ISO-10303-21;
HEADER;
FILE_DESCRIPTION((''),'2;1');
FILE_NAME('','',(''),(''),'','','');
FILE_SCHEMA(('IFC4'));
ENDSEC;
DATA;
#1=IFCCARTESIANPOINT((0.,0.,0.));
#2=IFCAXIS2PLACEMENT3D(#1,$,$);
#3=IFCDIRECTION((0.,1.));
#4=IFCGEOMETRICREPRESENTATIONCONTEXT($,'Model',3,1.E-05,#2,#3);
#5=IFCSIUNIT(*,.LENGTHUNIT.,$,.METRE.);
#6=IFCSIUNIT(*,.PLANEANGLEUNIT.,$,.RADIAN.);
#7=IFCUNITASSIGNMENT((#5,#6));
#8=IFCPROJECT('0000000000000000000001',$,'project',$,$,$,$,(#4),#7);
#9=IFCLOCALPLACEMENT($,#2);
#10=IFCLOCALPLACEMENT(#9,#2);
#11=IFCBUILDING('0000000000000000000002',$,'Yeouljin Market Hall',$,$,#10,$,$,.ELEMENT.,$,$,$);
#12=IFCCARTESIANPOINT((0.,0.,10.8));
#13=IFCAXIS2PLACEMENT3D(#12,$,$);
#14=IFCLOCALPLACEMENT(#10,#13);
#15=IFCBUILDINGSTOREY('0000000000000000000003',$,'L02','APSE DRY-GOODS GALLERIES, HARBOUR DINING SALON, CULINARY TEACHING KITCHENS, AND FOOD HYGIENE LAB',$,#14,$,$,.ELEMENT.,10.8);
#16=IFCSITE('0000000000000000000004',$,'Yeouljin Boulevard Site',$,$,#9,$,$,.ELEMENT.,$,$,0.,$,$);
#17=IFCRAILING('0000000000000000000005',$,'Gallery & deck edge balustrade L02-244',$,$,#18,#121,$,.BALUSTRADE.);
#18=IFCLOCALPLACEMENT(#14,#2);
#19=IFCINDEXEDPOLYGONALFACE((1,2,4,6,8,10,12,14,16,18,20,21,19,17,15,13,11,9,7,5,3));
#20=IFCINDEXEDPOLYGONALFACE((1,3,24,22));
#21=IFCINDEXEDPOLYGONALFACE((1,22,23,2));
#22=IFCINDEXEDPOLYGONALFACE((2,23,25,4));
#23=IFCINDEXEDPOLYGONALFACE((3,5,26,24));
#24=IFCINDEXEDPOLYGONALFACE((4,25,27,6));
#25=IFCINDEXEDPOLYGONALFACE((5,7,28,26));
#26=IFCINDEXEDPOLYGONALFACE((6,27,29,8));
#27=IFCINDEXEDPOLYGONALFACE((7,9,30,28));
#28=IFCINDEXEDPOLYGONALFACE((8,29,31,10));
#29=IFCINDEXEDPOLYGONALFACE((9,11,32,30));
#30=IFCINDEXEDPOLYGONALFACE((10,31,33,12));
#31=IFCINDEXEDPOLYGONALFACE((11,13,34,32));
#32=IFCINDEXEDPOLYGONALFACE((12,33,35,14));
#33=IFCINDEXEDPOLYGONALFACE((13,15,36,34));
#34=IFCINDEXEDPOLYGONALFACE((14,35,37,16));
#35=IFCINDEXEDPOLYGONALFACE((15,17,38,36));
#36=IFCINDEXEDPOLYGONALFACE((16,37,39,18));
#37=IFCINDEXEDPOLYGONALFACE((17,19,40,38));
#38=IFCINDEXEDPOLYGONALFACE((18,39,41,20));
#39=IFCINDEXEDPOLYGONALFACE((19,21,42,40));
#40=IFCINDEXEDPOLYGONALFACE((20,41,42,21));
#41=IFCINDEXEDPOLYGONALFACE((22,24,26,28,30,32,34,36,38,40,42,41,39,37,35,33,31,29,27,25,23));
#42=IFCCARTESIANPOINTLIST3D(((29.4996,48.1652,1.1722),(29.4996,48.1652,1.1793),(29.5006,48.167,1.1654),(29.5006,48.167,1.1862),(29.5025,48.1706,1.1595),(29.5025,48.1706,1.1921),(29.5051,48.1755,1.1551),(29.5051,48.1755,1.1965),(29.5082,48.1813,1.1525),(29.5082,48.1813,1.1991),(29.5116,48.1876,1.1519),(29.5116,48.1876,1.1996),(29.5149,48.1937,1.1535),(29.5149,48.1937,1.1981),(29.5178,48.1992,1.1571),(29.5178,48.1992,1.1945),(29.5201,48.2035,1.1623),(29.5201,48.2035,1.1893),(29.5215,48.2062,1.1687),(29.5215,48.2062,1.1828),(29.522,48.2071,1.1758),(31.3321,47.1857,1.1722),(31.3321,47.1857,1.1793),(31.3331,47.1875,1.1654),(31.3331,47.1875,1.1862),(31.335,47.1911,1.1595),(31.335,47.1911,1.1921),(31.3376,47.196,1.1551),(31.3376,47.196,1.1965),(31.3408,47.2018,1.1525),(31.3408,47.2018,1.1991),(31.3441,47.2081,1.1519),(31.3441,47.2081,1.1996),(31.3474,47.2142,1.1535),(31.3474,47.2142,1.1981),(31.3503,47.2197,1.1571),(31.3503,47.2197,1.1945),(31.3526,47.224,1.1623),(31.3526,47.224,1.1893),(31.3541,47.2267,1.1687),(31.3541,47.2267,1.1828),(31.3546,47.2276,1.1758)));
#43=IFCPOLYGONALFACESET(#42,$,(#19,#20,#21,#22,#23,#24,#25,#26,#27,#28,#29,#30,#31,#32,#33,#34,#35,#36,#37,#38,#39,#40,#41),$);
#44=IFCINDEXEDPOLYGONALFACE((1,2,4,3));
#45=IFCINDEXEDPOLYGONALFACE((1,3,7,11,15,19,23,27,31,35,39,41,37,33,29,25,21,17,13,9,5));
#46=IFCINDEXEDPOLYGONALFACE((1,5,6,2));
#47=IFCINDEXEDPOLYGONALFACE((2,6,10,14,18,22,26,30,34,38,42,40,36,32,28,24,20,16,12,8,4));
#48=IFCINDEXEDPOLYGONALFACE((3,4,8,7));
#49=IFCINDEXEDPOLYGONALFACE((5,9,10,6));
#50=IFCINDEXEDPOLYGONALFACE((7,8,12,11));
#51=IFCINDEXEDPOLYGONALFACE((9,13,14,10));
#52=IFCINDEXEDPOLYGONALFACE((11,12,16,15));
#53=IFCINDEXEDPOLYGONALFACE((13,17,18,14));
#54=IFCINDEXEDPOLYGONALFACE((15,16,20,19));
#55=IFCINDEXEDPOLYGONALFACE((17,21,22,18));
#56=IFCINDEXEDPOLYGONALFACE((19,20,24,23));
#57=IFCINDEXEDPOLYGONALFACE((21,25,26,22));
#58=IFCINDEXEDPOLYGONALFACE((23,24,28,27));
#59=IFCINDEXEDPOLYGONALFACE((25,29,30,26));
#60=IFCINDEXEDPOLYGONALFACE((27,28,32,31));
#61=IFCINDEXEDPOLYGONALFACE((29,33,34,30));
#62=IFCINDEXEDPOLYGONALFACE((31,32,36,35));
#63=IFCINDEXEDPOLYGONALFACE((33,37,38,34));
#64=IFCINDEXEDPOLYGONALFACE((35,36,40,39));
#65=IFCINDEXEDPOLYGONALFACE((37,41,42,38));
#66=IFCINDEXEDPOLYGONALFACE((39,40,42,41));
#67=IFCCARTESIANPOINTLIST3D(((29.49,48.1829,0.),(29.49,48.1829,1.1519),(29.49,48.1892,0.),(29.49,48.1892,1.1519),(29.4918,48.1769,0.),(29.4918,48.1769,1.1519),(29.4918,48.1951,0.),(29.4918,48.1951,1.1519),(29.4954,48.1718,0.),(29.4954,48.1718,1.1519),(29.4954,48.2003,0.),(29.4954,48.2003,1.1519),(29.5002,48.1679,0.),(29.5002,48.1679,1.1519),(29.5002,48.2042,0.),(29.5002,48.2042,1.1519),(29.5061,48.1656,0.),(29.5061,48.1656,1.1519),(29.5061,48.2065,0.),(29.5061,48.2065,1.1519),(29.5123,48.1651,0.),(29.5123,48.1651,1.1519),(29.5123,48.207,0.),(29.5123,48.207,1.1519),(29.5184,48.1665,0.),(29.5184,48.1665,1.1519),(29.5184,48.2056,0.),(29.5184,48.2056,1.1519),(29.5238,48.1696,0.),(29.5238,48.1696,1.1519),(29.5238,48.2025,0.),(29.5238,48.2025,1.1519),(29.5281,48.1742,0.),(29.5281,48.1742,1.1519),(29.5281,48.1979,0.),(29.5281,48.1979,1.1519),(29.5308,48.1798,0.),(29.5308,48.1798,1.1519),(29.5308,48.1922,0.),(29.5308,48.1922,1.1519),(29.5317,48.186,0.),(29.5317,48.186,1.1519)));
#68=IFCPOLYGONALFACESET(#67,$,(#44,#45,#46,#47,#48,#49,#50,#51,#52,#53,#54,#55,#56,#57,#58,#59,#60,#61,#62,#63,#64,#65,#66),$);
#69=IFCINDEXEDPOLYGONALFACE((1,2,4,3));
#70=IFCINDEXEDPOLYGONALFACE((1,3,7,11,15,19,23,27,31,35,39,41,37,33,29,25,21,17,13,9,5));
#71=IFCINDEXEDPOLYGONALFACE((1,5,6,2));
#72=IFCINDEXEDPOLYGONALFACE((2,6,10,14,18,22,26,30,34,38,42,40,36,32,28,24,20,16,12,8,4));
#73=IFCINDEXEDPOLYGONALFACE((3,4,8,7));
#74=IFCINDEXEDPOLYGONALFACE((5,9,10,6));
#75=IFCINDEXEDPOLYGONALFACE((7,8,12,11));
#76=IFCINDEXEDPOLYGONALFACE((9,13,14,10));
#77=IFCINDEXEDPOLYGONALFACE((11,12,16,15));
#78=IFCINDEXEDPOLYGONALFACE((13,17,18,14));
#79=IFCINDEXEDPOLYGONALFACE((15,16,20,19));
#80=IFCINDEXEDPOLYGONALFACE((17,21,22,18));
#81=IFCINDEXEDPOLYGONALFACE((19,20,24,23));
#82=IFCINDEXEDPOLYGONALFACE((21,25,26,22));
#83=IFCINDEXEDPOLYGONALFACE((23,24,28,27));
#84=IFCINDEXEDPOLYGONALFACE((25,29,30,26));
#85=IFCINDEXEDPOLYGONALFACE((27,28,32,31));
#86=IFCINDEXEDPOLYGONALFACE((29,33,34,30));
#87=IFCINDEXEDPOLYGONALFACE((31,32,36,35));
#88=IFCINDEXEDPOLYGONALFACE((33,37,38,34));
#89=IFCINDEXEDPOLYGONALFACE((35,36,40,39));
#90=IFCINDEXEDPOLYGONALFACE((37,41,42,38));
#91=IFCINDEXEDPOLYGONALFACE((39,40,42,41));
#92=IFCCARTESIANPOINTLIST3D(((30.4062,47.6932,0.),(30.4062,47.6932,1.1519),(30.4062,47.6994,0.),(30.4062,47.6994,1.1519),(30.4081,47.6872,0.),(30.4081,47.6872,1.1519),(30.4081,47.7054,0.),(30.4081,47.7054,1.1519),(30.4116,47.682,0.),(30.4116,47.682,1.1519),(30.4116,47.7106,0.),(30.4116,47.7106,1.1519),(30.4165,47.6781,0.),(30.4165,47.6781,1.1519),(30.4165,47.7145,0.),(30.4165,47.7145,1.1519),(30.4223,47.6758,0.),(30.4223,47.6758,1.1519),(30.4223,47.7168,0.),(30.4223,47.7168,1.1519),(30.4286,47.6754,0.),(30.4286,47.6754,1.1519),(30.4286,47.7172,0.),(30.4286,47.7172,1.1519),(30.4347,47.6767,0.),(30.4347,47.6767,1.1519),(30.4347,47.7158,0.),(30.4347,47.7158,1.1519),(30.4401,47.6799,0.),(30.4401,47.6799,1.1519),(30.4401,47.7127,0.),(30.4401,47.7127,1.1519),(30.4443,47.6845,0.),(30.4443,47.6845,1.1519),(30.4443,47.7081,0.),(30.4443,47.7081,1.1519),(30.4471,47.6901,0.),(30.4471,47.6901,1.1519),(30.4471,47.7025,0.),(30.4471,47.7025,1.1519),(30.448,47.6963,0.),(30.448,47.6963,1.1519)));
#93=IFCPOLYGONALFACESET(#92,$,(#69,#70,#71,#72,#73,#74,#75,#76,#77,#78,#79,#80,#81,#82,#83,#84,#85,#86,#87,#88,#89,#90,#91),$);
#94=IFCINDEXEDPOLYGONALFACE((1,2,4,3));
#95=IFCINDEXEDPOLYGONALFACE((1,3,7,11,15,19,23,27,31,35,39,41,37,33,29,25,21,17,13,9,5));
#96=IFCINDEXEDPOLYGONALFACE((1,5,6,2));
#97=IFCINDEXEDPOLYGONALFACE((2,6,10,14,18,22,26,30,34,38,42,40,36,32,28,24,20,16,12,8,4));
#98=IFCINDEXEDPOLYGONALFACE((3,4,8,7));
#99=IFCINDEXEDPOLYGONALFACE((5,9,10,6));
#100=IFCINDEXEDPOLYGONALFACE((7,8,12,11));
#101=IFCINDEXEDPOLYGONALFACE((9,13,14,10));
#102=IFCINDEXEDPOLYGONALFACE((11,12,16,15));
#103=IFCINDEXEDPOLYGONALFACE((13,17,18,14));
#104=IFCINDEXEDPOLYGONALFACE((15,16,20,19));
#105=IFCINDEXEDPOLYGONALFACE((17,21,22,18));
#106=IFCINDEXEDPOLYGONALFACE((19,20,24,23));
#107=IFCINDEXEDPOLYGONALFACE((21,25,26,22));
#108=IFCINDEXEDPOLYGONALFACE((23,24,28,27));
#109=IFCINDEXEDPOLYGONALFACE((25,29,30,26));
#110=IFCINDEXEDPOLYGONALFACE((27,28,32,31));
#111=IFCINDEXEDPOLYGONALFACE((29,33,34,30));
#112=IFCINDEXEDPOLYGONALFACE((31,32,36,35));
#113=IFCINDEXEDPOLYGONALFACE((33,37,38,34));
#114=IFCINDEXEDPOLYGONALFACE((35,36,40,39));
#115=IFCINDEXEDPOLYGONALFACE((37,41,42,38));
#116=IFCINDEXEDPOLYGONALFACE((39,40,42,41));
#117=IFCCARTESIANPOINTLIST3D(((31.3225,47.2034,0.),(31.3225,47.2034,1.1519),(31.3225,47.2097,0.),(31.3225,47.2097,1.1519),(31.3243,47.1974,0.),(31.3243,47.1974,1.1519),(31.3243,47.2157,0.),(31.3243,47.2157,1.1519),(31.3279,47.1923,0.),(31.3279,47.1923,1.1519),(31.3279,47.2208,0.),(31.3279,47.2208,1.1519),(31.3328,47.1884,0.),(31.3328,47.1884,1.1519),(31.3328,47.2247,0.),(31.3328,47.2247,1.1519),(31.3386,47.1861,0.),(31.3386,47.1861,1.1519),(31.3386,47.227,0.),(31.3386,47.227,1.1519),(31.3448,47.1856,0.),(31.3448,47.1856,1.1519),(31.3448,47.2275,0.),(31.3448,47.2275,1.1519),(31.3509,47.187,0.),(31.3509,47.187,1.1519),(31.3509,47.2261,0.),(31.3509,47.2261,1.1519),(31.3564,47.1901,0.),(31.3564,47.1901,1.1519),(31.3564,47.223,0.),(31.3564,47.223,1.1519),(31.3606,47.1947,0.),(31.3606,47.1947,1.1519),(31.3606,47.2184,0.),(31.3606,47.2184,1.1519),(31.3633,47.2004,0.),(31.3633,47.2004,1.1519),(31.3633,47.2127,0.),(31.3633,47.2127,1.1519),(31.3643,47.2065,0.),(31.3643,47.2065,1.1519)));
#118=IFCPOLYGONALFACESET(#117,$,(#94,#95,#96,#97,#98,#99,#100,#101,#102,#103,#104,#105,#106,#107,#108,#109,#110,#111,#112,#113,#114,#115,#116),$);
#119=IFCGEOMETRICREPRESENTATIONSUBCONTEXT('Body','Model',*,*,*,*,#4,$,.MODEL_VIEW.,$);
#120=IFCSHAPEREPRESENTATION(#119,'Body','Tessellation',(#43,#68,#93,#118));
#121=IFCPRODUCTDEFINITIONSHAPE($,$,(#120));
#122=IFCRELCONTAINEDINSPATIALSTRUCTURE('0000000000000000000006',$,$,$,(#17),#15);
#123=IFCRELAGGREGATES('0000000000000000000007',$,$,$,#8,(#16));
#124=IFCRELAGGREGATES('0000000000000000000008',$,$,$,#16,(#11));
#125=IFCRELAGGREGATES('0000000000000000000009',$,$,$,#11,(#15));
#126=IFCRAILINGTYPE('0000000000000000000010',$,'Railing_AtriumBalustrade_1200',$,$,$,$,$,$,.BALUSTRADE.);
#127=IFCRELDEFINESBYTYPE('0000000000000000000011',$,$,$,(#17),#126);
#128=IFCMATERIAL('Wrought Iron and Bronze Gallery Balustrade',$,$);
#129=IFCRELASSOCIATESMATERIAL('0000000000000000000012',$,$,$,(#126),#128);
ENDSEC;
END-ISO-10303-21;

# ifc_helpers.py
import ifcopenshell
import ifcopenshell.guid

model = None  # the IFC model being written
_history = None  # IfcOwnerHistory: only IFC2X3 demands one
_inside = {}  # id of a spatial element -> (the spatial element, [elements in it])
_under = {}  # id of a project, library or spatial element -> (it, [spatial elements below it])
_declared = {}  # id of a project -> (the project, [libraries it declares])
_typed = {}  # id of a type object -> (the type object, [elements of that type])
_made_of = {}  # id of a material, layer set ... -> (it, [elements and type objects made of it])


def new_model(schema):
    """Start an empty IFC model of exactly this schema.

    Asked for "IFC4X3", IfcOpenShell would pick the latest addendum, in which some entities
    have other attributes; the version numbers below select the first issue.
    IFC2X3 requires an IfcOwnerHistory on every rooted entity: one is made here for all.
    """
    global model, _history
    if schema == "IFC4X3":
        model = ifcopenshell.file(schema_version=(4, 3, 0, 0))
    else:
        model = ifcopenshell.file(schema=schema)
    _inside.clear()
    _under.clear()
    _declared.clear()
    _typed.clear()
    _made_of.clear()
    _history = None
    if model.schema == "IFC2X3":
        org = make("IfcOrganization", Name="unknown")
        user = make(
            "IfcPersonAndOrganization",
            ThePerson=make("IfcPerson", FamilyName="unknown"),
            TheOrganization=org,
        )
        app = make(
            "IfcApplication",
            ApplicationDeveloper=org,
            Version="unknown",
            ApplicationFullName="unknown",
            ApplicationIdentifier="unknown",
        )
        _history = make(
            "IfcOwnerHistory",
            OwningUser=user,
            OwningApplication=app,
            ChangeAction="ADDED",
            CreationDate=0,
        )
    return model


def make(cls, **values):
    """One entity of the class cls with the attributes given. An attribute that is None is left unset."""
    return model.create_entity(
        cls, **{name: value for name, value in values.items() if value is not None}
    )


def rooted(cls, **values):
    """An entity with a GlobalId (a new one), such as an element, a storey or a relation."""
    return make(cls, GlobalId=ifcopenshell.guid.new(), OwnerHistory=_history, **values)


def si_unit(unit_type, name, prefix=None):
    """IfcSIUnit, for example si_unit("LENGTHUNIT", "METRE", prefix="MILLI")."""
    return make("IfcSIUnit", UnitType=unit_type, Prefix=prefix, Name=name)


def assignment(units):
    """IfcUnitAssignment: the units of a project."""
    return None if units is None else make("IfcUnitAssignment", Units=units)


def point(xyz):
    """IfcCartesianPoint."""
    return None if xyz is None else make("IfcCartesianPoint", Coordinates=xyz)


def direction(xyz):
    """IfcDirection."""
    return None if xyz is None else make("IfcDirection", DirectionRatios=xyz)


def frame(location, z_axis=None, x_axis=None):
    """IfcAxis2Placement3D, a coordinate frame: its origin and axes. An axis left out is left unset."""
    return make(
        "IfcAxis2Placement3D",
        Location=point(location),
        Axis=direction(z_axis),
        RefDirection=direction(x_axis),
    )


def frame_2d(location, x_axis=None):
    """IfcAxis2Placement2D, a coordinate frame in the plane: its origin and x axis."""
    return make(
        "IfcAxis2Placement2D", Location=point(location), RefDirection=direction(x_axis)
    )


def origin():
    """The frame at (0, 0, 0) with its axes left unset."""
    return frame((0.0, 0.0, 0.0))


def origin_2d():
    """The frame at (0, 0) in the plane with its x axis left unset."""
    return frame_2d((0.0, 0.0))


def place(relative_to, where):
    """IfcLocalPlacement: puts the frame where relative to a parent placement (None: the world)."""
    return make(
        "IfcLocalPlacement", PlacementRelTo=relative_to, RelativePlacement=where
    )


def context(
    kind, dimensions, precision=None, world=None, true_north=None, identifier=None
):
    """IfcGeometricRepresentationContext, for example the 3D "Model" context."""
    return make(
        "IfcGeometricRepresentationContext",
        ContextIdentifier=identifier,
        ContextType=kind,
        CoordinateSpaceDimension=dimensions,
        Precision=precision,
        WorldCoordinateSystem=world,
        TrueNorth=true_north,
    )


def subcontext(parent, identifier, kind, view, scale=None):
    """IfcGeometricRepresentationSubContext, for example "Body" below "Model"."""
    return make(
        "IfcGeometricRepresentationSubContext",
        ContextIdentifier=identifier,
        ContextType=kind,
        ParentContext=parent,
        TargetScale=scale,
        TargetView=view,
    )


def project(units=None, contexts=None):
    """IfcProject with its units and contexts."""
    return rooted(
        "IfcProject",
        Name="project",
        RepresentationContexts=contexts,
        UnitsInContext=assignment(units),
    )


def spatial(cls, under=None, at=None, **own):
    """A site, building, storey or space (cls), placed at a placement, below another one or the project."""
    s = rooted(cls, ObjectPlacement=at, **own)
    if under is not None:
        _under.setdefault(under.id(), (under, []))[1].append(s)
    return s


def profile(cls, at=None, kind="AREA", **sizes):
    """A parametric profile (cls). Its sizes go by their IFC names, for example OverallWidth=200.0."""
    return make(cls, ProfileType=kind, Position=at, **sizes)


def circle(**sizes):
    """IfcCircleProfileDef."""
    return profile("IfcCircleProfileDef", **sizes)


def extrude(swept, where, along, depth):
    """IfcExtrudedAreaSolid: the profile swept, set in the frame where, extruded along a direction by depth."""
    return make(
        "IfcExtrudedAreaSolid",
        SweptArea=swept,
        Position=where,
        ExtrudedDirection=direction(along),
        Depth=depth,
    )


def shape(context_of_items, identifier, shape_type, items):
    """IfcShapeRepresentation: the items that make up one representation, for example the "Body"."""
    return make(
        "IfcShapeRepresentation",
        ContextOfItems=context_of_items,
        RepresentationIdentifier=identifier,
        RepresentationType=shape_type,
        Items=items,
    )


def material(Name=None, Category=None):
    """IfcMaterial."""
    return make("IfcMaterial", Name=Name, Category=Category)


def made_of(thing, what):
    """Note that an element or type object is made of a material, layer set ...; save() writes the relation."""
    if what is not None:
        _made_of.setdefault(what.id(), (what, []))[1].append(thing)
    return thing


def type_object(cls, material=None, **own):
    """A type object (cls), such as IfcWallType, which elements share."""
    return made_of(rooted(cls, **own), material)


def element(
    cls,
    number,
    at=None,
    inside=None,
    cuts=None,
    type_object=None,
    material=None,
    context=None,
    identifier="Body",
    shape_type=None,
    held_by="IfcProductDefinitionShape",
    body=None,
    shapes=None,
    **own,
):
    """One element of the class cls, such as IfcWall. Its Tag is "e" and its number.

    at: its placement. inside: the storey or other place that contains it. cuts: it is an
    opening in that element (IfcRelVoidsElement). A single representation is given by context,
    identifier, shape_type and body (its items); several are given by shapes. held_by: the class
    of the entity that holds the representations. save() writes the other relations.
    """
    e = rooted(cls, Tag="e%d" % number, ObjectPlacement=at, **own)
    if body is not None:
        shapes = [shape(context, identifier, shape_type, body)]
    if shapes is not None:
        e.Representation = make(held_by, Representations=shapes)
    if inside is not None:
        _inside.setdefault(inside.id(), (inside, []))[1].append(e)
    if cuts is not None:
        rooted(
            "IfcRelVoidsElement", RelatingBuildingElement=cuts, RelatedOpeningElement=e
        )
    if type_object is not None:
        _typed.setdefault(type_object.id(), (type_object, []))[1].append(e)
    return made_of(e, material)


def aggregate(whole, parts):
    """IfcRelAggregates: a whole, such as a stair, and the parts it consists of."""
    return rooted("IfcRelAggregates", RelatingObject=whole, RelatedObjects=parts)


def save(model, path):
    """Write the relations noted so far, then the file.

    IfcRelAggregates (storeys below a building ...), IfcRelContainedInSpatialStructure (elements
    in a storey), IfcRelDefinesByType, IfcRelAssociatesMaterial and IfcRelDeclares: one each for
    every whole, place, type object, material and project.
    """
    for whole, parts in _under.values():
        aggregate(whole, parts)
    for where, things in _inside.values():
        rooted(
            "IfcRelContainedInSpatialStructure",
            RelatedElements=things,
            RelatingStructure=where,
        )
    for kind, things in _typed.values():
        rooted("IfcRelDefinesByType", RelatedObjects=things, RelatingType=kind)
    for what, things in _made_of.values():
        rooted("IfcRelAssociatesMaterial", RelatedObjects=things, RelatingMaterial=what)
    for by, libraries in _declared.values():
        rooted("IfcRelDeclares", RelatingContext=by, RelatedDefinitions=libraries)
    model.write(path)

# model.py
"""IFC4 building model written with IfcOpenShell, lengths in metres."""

from ifc_helpers import new_model, si_unit, direction, frame, origin, origin_2d, place, context, subcontext, project, spatial, circle, extrude, material, type_object, element, save


model = new_model("IFC4")

# Units and contexts
model_context = context("Model", 3, precision=1e-05, world=origin(), true_north=direction((0.0, 1.0)))
body_context = subcontext(model_context, "Body", "Model", "MODEL_VIEW")
ifc_project = project(units=[si_unit("LENGTHUNIT", "METRE"), si_unit("PLANEANGLEUNIT", "RADIAN")], contexts=[model_context])

# Site, building, storey
site_placement = place(None, origin())
site = spatial("IfcSite", under=ifc_project, at=site_placement, Name="Yeouljin Boulevard Site", CompositionType="ELEMENT", RefElevation=0.0)
building_placement = place(site_placement, origin())
building = spatial("IfcBuilding", under=site, at=building_placement, Name="Yeouljin Market Hall", CompositionType="ELEMENT")
storey_placement = place(building_placement, frame((0.0, 0.0, 10.8)))
storey = spatial("IfcBuildingStorey", under=building, at=storey_placement, Name="L02", Description="APSE DRY-GOODS GALLERIES, HARBOUR DINING SALON, CULINARY TEACHING KITCHENS, AND FOOD HYGIENE LAB", CompositionType="ELEMENT", Elevation=10.8)

# Railing
ifc_material_1 = material(Name="Wrought Iron and Bronze Gallery Balustrade")
railing_type = type_object("IfcRailingType", Name="Railing_AtriumBalustrade_1200", PredefinedType="BALUSTRADE", material=ifc_material_1)
railing_1_placement = place(storey_placement, frame((29.5107, 48.186, 0.0)))
element("IfcRailing", 1, at=railing_1_placement, inside=storey, type_object=railing_type, Name="Gallery & deck edge balustrade L02-244", PredefinedType="BALUSTRADE", context=body_context, shape_type="SweptSolid", body=[
    extrude(circle(Radius=0.0239, at=origin_2d()), frame((0.0, 0.0, 1.1758), z_axis=(0.881923, -0.471393, 0.0), x_axis=(0.471393, 0.881923, 0.0)), (0.0, 0.0, 1.0), 2.0779),
    extrude(circle(Radius=0.021, at=origin_2d()), origin(), (0.0, 0.0, 1.0), 1.1519),
    extrude(circle(Radius=0.021, at=origin_2d()), frame((0.9163, -0.4897, 0.0)), (0.0, 0.0, 1.0), 1.1519),
    extrude(circle(Radius=0.021, at=origin_2d()), frame((1.8325, -0.9795, 0.0)), (0.0, 0.0, 1.0), 1.1519),
])

save(model, "model.ifc")
